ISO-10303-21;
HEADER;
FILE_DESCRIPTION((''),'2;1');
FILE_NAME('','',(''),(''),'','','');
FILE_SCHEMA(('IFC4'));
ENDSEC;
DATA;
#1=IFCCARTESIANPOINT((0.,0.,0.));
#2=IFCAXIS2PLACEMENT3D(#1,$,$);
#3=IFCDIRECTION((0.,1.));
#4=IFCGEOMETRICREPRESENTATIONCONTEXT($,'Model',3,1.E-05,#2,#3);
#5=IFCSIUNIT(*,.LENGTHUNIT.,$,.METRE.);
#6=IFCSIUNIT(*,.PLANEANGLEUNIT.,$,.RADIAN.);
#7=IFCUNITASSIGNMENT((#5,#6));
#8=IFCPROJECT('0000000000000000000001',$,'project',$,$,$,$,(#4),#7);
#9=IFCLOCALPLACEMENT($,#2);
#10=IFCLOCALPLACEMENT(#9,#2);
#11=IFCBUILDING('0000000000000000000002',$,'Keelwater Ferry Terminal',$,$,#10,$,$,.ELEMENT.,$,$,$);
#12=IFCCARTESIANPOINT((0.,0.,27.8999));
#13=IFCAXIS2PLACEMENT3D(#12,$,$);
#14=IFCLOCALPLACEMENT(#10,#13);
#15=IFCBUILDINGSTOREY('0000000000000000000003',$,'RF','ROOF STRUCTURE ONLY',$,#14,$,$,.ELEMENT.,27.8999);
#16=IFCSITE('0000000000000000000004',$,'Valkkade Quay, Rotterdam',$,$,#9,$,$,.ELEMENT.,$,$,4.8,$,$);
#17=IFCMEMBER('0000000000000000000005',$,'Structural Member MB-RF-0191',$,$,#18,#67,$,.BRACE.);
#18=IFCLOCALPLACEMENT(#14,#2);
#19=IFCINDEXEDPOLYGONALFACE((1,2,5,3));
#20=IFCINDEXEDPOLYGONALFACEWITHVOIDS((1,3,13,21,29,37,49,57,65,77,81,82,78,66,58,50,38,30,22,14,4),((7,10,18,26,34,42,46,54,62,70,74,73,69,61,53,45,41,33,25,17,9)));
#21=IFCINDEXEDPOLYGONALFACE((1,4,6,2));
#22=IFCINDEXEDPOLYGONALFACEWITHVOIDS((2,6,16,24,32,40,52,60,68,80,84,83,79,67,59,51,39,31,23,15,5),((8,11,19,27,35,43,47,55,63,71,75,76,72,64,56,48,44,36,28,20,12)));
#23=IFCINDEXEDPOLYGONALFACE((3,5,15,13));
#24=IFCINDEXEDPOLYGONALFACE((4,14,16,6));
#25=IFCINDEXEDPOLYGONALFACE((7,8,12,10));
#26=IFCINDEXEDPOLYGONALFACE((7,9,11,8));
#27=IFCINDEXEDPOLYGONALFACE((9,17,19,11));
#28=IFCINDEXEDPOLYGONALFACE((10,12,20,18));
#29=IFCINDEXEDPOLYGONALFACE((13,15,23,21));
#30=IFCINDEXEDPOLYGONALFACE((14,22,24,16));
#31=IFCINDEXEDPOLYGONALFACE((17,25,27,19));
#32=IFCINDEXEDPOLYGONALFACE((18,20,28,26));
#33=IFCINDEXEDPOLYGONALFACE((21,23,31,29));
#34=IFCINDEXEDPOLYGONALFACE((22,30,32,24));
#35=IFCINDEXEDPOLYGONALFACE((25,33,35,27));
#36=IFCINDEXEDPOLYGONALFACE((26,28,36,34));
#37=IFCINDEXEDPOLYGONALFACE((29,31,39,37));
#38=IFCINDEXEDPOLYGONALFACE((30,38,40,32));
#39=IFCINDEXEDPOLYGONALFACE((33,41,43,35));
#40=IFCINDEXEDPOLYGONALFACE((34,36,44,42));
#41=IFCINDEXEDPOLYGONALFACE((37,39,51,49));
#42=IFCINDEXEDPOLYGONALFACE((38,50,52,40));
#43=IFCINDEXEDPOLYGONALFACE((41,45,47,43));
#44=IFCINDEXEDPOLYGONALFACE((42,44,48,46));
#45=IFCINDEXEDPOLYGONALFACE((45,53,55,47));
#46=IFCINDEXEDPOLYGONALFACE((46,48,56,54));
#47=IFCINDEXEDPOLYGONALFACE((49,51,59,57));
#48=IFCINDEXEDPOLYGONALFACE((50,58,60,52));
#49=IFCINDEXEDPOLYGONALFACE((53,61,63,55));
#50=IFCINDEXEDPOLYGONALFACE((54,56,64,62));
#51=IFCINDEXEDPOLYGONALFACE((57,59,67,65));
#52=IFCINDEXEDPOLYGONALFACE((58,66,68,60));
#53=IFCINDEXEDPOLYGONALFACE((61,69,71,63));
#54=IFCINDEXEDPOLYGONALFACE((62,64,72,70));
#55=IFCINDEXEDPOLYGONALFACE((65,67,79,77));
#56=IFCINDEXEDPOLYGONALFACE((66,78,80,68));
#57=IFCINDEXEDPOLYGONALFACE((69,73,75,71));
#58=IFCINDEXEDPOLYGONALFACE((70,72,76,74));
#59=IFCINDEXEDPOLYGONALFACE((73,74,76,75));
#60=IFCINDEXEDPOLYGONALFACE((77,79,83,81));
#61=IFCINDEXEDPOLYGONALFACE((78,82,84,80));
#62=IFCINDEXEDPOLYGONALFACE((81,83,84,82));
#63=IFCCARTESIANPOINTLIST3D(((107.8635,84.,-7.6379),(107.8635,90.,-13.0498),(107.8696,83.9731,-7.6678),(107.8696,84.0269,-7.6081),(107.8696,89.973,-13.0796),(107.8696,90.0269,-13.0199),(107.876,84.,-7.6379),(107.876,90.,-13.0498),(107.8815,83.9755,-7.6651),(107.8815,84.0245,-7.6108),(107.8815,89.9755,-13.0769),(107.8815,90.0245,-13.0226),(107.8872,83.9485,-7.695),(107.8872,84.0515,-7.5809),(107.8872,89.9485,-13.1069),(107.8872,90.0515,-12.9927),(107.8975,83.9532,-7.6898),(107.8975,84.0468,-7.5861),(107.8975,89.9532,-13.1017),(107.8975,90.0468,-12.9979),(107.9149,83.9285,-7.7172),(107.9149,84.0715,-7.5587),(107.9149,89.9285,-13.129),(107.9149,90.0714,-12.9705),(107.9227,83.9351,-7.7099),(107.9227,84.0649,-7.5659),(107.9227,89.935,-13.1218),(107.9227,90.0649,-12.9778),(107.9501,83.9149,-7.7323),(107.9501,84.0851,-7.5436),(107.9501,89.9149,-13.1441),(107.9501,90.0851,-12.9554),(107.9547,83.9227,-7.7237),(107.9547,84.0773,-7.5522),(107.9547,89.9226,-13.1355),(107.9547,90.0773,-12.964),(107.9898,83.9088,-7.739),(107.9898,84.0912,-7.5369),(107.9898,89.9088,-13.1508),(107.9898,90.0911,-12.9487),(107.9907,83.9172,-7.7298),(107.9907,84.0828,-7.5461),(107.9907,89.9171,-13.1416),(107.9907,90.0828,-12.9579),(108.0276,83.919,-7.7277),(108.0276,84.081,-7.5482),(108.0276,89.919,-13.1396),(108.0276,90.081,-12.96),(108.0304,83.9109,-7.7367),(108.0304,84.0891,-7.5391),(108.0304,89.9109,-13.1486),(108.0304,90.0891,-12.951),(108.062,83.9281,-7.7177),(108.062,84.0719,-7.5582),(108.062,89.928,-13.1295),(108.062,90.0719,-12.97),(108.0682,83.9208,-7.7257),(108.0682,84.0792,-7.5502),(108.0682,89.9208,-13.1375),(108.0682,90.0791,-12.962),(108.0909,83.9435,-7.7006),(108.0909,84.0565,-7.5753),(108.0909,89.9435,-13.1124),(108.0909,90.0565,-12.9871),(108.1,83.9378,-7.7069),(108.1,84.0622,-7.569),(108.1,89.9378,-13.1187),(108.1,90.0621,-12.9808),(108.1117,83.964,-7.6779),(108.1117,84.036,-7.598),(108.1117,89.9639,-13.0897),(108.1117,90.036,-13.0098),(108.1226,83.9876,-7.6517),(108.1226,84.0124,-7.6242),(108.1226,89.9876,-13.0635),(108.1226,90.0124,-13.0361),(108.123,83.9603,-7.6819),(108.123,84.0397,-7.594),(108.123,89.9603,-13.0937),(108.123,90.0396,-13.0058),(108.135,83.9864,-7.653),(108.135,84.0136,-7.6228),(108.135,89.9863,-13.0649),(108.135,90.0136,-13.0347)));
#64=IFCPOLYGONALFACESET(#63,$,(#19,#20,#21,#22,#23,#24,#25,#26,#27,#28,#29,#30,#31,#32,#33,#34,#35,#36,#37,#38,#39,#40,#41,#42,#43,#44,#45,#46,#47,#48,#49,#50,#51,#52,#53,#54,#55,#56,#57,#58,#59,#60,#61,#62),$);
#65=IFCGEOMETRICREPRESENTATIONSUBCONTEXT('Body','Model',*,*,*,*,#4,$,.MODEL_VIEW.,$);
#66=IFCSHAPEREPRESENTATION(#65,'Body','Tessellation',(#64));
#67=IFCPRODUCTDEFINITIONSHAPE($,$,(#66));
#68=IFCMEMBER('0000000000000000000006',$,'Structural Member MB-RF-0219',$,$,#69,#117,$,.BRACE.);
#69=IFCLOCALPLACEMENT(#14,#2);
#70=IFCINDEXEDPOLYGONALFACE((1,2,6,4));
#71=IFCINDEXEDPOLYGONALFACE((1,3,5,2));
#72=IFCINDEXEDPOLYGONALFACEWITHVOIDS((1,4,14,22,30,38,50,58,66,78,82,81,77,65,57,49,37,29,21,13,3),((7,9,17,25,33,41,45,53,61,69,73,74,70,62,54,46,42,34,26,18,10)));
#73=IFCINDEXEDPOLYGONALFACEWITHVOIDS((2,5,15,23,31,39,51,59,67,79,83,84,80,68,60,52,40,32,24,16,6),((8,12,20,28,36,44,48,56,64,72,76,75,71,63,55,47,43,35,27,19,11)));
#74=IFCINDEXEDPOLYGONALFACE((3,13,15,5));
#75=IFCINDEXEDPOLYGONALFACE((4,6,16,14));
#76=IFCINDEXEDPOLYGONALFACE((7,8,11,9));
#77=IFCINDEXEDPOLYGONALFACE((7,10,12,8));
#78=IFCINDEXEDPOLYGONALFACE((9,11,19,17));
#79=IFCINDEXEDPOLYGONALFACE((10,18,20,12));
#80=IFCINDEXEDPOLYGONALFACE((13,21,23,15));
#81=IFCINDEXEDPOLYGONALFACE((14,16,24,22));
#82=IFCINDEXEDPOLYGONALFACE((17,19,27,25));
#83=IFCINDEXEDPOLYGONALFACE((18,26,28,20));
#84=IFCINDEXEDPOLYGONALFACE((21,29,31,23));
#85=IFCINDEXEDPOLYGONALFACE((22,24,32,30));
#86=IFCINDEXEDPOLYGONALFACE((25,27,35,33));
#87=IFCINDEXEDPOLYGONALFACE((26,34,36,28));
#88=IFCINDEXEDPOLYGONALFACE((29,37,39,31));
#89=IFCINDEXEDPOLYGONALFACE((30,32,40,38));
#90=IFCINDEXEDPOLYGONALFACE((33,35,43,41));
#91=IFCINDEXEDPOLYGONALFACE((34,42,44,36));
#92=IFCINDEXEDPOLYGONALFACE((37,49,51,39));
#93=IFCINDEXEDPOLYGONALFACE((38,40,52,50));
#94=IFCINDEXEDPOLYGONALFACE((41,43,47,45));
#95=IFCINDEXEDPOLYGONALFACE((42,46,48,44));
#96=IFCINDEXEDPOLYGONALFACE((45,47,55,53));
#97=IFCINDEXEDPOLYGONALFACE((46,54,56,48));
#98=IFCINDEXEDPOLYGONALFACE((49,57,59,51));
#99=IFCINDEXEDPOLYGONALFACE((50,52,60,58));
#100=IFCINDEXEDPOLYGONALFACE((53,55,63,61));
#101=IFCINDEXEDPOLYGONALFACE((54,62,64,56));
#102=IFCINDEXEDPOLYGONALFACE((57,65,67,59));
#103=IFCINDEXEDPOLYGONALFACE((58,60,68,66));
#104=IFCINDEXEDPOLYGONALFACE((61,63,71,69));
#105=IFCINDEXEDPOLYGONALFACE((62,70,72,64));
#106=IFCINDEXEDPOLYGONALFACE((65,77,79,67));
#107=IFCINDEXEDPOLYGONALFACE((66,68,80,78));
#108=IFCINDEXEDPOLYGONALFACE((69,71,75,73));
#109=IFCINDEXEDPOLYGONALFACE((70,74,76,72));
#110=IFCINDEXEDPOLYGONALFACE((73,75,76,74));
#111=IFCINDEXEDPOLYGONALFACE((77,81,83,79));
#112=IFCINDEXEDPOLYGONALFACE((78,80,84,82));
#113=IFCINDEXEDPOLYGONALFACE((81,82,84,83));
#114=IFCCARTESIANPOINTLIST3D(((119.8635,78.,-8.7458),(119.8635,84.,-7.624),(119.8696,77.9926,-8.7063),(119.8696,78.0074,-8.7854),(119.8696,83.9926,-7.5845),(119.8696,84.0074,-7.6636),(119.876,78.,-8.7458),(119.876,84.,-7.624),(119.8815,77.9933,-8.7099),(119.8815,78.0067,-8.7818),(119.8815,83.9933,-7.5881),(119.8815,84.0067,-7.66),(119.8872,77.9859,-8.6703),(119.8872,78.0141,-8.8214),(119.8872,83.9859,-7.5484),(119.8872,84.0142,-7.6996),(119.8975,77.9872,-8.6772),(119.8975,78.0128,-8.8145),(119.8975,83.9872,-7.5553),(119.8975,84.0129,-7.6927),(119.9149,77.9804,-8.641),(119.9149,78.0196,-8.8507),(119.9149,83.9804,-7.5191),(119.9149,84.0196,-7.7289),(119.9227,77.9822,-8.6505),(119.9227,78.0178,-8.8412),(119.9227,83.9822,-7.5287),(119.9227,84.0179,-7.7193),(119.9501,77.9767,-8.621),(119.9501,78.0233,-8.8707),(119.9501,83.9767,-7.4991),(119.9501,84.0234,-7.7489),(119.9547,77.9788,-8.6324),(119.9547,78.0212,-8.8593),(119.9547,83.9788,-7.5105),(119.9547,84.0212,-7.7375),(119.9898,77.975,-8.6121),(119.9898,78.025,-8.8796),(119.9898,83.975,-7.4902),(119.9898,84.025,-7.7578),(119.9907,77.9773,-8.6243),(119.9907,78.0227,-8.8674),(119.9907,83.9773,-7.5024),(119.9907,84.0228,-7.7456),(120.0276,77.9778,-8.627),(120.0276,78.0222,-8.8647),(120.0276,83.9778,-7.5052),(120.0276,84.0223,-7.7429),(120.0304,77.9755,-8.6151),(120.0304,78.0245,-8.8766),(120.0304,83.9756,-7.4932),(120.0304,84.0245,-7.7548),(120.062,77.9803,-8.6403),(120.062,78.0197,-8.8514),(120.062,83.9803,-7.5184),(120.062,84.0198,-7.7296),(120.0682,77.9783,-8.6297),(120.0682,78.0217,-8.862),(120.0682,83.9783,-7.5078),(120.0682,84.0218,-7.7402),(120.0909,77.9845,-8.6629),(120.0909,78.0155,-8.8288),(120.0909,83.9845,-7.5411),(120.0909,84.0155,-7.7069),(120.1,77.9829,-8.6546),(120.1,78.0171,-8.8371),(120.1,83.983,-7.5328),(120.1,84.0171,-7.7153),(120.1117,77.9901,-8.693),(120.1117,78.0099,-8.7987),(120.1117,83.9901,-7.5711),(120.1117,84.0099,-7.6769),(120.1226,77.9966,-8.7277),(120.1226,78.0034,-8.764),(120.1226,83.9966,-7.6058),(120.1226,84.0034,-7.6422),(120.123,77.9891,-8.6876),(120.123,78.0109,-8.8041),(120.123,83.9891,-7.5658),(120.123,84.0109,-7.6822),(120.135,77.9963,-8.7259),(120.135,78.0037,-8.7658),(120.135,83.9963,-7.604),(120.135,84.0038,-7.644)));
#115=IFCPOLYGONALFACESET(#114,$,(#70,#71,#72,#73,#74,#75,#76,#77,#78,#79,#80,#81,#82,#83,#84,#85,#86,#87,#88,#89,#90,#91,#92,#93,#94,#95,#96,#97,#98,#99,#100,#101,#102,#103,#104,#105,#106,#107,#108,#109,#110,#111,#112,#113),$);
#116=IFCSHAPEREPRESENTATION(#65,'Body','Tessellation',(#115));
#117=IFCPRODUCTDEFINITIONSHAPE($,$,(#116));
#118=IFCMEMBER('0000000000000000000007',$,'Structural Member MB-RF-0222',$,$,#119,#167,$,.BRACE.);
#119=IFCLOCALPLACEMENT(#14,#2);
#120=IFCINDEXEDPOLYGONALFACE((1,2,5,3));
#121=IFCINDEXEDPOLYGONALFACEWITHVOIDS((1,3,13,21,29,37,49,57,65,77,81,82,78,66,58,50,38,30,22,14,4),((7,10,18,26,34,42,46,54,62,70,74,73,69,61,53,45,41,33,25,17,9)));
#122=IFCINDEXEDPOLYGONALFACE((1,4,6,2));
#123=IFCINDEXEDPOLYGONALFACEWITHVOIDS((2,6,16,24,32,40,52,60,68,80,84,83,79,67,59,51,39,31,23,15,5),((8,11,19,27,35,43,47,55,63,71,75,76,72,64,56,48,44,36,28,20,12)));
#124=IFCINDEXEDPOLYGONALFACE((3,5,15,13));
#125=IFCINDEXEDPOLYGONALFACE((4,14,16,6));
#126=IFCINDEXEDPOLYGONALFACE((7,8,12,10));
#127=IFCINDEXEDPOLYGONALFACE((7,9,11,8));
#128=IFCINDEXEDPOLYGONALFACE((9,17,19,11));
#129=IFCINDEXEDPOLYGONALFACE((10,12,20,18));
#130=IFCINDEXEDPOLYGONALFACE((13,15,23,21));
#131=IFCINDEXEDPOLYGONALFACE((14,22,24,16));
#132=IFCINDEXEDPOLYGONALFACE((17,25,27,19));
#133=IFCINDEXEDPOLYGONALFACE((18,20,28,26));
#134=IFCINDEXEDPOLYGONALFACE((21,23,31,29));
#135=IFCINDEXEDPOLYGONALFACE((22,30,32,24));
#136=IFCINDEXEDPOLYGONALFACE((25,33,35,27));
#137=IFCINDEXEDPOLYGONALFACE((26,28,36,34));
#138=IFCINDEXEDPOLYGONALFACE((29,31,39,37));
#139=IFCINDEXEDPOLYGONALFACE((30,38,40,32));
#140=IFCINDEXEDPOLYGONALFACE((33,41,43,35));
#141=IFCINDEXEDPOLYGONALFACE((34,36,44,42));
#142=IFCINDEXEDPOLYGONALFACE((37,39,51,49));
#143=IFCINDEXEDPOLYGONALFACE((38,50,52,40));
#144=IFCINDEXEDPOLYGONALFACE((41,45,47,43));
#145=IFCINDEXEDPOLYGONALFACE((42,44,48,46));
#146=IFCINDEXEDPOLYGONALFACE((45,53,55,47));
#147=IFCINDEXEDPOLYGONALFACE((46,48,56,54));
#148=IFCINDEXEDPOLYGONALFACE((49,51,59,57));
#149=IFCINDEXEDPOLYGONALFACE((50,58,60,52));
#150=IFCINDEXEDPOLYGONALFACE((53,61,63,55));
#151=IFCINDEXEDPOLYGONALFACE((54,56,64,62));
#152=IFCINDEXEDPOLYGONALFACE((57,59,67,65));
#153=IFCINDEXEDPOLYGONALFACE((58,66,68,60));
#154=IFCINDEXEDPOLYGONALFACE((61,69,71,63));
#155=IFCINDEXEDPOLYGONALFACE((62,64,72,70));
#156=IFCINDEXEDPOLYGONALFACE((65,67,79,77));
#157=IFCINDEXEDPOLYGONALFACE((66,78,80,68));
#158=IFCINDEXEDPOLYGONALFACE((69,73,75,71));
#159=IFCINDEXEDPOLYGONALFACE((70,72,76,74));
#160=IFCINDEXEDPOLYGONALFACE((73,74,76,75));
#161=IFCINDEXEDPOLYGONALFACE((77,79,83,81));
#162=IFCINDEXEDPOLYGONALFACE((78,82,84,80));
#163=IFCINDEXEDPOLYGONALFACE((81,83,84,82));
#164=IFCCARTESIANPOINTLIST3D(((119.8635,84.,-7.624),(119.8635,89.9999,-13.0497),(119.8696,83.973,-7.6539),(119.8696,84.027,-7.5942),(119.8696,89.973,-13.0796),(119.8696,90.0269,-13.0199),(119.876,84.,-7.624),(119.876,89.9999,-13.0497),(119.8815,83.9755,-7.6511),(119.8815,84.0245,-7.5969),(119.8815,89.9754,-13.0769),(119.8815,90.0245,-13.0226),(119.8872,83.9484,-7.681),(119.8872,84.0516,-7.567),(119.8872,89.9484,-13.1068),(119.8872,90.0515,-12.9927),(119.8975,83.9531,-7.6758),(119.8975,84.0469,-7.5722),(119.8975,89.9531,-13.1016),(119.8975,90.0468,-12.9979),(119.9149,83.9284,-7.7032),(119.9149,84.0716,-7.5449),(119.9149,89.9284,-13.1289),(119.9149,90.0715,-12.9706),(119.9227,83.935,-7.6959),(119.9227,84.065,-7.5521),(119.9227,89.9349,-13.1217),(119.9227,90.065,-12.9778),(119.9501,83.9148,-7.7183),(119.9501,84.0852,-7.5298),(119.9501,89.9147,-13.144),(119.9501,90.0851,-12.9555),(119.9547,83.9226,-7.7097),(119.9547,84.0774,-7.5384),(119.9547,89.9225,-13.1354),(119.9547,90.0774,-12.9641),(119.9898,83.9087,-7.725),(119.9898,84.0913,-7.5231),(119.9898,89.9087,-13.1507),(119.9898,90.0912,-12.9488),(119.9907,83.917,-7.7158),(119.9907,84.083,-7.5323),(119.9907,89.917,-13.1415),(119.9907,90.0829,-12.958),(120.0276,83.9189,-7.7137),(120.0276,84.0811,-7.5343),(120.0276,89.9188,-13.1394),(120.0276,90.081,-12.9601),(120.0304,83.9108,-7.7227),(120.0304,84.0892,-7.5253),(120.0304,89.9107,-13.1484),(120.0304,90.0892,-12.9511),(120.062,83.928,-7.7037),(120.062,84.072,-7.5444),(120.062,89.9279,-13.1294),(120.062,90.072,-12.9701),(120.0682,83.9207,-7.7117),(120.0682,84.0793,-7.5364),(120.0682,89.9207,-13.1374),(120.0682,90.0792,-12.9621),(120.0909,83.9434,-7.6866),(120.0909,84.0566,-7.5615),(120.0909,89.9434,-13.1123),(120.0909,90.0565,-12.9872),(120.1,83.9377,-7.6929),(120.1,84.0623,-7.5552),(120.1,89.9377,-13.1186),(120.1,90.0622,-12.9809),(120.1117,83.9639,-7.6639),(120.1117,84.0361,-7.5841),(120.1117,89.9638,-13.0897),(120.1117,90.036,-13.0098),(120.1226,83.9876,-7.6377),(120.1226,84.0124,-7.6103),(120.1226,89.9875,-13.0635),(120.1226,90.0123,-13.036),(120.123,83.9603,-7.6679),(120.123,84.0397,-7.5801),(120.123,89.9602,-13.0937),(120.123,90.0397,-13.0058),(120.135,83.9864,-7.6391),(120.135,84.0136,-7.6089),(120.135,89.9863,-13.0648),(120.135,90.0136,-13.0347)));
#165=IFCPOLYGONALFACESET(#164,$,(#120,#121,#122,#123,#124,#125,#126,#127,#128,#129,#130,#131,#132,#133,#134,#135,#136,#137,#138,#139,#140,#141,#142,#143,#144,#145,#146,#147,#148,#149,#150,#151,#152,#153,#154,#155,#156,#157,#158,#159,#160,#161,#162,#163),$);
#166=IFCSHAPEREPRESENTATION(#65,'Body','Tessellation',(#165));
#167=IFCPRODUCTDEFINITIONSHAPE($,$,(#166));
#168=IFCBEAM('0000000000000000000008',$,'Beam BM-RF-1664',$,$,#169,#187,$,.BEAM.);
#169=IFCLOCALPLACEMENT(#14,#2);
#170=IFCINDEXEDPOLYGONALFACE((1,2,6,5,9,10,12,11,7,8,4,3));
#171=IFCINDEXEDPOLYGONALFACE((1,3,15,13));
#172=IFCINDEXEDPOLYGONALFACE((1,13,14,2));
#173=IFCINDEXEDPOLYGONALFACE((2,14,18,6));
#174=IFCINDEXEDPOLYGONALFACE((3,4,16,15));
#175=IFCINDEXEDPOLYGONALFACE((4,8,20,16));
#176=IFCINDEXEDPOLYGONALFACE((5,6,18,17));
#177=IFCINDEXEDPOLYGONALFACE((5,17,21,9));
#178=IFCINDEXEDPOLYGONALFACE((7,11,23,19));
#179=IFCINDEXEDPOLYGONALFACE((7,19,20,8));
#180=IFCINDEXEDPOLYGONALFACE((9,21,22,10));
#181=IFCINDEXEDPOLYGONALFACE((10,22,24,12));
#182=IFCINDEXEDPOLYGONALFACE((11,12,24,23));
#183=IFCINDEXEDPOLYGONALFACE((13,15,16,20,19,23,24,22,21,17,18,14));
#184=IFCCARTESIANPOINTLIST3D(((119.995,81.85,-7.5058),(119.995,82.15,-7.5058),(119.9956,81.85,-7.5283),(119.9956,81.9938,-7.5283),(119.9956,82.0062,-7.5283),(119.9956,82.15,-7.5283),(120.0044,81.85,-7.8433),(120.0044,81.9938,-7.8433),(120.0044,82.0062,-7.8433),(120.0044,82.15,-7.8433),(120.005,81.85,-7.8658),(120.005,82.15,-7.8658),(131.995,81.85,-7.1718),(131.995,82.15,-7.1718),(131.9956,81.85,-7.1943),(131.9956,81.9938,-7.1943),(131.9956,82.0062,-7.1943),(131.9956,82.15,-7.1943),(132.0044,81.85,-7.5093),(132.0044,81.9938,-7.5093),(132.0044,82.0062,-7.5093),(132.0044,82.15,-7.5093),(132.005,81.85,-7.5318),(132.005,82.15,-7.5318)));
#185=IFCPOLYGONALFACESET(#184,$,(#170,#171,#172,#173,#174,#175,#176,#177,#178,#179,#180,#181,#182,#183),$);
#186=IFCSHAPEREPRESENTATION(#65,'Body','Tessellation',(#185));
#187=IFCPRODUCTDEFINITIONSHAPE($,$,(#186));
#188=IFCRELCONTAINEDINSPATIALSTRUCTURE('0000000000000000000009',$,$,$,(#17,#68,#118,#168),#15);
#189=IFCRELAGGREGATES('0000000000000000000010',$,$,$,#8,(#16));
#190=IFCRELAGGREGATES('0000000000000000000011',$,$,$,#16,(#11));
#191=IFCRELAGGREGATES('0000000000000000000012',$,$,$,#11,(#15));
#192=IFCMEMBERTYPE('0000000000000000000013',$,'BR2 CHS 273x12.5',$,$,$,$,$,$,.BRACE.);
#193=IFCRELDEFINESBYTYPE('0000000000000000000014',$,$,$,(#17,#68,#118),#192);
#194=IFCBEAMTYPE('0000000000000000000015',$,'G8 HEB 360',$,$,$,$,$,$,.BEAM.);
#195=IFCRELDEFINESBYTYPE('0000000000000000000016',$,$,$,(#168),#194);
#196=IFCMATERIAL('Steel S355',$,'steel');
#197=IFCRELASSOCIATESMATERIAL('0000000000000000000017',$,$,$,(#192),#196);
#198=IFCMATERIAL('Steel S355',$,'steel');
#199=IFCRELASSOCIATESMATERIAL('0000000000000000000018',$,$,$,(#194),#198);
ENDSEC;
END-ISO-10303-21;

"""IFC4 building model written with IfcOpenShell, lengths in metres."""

from ifc_helpers import new_model, si_unit, direction, frame, origin, origin_2d, place, context, subcontext, project, spatial, hollow_circle, i_section, extrude, material, material_profile, profile_set, type_object, element, save


model = new_model("IFC4")

# Units and contexts
model_context = context("Model", 3, precision=1e-05, world=origin(), true_north=direction((0.0, 1.0)))
body_context = subcontext(model_context, "Body", "Model", "MODEL_VIEW")
ifc_project = project(units=[si_unit("LENGTHUNIT", "METRE"), si_unit("PLANEANGLEUNIT", "RADIAN")], contexts=[model_context])

# Site, building, storey
site_placement = place(None, origin())
site = spatial("IfcSite", under=ifc_project, at=site_placement, Name="Valkkade Quay, Rotterdam", CompositionType="ELEMENT", RefElevation=4.8)
building_placement = place(site_placement, origin())
building = spatial("IfcBuilding", under=site, at=building_placement, Name="Keelwater Ferry Terminal", CompositionType="ELEMENT")
storey_placement = place(building_placement, frame((0.0, 0.0, 27.8999)))
storey = spatial("IfcBuildingStorey", under=building, at=storey_placement, Name="RF", Description="ROOF STRUCTURE ONLY", CompositionType="ELEMENT", Elevation=27.8999)

# Members
ifc_material_1 = material(Name="Steel S355", Category="steel")
ifc_material_profile_1 = material_profile(ifc_material_1, hollow_circle(Radius=0.1365, WallThickness=0.0125, at=origin_2d()), Name="CHS 273x12.5")
ifc_profile_set_1 = profile_set([ifc_material_profile_1], Name="Steel S355")
member_type_1 = type_object("IfcMemberType", Name="BR2 CHS 273x12.5", PredefinedType="BRACE", material=ifc_profile_set_1)
member_1_placement = place(storey_placement, frame((108.0, 84.0, -7.6379), z_axis=(0.0, 0.742564, -0.669776), x_axis=(-1.0, 0.0, 0.0)))
element("IfcMember", 1, at=member_1_placement, inside=storey, type_object=member_type_1, Name="Structural Member MB-RF-0191", PredefinedType="BRACE", context=body_context, shape_type="SweptSolid", body=[
    extrude(hollow_circle(Radius=0.1365, WallThickness=0.0125, at=origin_2d()), origin(), (0.0, 0.0, 1.0), 8.0801),
])
member_2_placement = place(storey_placement, frame((120.0, 78.0, -8.7458), z_axis=(0.0, 0.982966, 0.183786), x_axis=(-1.0, 0.0, 0.0)))
element("IfcMember", 2, at=member_2_placement, inside=storey, type_object=member_type_1, Name="Structural Member MB-RF-0219", PredefinedType="BRACE", context=body_context, shape_type="SweptSolid", body=[
    extrude(hollow_circle(Radius=0.1365, WallThickness=0.0125, at=origin_2d()), origin(), (0.0, 0.0, 1.0), 6.104),
])
member_3_placement = place(storey_placement, frame((120.0, 84.0, -7.624), z_axis=(0.0, 0.741707, -0.670724), x_axis=(-1.0, 0.0, 0.0)))
element("IfcMember", 3, at=member_3_placement, inside=storey, type_object=member_type_1, Name="Structural Member MB-RF-0222", PredefinedType="BRACE", context=body_context, shape_type="SweptSolid", body=[
    extrude(hollow_circle(Radius=0.1365, WallThickness=0.0125, at=origin_2d()), origin(), (0.0, 0.0, 1.0), 8.0894),
])

# Beam
ifc_material_2 = material(Name="Steel S355", Category="steel")
ifc_material_profile_2 = material_profile(ifc_material_2, i_section(OverallWidth=0.3, OverallDepth=0.3601, WebThickness=0.0125, FlangeThickness=0.0225, at=origin_2d()), Name="HEB 360")
ifc_profile_set_2 = profile_set([ifc_material_profile_2], Name="Steel S355")
beam_type = type_object("IfcBeamType", Name="G8 HEB 360", PredefinedType="BEAM", material=ifc_profile_set_2)
beam_placement = place(storey_placement, frame((120.0, 82.0, -7.6858), z_axis=(0.999613, 0.0, 0.027821), x_axis=(0.0, 1.0, 0.0)))
element("IfcBeam", 4, at=beam_placement, inside=storey, type_object=beam_type, Name="Beam BM-RF-1664", PredefinedType="BEAM", context=body_context, shape_type="SweptSolid", body=[
    extrude(i_section(OverallWidth=0.3, OverallDepth=0.3601, WebThickness=0.0125, FlangeThickness=0.0225, at=origin_2d()), origin(), (0.0, 0.0, 1.0), 12.0046),
])

save(model, "model.ifc")
